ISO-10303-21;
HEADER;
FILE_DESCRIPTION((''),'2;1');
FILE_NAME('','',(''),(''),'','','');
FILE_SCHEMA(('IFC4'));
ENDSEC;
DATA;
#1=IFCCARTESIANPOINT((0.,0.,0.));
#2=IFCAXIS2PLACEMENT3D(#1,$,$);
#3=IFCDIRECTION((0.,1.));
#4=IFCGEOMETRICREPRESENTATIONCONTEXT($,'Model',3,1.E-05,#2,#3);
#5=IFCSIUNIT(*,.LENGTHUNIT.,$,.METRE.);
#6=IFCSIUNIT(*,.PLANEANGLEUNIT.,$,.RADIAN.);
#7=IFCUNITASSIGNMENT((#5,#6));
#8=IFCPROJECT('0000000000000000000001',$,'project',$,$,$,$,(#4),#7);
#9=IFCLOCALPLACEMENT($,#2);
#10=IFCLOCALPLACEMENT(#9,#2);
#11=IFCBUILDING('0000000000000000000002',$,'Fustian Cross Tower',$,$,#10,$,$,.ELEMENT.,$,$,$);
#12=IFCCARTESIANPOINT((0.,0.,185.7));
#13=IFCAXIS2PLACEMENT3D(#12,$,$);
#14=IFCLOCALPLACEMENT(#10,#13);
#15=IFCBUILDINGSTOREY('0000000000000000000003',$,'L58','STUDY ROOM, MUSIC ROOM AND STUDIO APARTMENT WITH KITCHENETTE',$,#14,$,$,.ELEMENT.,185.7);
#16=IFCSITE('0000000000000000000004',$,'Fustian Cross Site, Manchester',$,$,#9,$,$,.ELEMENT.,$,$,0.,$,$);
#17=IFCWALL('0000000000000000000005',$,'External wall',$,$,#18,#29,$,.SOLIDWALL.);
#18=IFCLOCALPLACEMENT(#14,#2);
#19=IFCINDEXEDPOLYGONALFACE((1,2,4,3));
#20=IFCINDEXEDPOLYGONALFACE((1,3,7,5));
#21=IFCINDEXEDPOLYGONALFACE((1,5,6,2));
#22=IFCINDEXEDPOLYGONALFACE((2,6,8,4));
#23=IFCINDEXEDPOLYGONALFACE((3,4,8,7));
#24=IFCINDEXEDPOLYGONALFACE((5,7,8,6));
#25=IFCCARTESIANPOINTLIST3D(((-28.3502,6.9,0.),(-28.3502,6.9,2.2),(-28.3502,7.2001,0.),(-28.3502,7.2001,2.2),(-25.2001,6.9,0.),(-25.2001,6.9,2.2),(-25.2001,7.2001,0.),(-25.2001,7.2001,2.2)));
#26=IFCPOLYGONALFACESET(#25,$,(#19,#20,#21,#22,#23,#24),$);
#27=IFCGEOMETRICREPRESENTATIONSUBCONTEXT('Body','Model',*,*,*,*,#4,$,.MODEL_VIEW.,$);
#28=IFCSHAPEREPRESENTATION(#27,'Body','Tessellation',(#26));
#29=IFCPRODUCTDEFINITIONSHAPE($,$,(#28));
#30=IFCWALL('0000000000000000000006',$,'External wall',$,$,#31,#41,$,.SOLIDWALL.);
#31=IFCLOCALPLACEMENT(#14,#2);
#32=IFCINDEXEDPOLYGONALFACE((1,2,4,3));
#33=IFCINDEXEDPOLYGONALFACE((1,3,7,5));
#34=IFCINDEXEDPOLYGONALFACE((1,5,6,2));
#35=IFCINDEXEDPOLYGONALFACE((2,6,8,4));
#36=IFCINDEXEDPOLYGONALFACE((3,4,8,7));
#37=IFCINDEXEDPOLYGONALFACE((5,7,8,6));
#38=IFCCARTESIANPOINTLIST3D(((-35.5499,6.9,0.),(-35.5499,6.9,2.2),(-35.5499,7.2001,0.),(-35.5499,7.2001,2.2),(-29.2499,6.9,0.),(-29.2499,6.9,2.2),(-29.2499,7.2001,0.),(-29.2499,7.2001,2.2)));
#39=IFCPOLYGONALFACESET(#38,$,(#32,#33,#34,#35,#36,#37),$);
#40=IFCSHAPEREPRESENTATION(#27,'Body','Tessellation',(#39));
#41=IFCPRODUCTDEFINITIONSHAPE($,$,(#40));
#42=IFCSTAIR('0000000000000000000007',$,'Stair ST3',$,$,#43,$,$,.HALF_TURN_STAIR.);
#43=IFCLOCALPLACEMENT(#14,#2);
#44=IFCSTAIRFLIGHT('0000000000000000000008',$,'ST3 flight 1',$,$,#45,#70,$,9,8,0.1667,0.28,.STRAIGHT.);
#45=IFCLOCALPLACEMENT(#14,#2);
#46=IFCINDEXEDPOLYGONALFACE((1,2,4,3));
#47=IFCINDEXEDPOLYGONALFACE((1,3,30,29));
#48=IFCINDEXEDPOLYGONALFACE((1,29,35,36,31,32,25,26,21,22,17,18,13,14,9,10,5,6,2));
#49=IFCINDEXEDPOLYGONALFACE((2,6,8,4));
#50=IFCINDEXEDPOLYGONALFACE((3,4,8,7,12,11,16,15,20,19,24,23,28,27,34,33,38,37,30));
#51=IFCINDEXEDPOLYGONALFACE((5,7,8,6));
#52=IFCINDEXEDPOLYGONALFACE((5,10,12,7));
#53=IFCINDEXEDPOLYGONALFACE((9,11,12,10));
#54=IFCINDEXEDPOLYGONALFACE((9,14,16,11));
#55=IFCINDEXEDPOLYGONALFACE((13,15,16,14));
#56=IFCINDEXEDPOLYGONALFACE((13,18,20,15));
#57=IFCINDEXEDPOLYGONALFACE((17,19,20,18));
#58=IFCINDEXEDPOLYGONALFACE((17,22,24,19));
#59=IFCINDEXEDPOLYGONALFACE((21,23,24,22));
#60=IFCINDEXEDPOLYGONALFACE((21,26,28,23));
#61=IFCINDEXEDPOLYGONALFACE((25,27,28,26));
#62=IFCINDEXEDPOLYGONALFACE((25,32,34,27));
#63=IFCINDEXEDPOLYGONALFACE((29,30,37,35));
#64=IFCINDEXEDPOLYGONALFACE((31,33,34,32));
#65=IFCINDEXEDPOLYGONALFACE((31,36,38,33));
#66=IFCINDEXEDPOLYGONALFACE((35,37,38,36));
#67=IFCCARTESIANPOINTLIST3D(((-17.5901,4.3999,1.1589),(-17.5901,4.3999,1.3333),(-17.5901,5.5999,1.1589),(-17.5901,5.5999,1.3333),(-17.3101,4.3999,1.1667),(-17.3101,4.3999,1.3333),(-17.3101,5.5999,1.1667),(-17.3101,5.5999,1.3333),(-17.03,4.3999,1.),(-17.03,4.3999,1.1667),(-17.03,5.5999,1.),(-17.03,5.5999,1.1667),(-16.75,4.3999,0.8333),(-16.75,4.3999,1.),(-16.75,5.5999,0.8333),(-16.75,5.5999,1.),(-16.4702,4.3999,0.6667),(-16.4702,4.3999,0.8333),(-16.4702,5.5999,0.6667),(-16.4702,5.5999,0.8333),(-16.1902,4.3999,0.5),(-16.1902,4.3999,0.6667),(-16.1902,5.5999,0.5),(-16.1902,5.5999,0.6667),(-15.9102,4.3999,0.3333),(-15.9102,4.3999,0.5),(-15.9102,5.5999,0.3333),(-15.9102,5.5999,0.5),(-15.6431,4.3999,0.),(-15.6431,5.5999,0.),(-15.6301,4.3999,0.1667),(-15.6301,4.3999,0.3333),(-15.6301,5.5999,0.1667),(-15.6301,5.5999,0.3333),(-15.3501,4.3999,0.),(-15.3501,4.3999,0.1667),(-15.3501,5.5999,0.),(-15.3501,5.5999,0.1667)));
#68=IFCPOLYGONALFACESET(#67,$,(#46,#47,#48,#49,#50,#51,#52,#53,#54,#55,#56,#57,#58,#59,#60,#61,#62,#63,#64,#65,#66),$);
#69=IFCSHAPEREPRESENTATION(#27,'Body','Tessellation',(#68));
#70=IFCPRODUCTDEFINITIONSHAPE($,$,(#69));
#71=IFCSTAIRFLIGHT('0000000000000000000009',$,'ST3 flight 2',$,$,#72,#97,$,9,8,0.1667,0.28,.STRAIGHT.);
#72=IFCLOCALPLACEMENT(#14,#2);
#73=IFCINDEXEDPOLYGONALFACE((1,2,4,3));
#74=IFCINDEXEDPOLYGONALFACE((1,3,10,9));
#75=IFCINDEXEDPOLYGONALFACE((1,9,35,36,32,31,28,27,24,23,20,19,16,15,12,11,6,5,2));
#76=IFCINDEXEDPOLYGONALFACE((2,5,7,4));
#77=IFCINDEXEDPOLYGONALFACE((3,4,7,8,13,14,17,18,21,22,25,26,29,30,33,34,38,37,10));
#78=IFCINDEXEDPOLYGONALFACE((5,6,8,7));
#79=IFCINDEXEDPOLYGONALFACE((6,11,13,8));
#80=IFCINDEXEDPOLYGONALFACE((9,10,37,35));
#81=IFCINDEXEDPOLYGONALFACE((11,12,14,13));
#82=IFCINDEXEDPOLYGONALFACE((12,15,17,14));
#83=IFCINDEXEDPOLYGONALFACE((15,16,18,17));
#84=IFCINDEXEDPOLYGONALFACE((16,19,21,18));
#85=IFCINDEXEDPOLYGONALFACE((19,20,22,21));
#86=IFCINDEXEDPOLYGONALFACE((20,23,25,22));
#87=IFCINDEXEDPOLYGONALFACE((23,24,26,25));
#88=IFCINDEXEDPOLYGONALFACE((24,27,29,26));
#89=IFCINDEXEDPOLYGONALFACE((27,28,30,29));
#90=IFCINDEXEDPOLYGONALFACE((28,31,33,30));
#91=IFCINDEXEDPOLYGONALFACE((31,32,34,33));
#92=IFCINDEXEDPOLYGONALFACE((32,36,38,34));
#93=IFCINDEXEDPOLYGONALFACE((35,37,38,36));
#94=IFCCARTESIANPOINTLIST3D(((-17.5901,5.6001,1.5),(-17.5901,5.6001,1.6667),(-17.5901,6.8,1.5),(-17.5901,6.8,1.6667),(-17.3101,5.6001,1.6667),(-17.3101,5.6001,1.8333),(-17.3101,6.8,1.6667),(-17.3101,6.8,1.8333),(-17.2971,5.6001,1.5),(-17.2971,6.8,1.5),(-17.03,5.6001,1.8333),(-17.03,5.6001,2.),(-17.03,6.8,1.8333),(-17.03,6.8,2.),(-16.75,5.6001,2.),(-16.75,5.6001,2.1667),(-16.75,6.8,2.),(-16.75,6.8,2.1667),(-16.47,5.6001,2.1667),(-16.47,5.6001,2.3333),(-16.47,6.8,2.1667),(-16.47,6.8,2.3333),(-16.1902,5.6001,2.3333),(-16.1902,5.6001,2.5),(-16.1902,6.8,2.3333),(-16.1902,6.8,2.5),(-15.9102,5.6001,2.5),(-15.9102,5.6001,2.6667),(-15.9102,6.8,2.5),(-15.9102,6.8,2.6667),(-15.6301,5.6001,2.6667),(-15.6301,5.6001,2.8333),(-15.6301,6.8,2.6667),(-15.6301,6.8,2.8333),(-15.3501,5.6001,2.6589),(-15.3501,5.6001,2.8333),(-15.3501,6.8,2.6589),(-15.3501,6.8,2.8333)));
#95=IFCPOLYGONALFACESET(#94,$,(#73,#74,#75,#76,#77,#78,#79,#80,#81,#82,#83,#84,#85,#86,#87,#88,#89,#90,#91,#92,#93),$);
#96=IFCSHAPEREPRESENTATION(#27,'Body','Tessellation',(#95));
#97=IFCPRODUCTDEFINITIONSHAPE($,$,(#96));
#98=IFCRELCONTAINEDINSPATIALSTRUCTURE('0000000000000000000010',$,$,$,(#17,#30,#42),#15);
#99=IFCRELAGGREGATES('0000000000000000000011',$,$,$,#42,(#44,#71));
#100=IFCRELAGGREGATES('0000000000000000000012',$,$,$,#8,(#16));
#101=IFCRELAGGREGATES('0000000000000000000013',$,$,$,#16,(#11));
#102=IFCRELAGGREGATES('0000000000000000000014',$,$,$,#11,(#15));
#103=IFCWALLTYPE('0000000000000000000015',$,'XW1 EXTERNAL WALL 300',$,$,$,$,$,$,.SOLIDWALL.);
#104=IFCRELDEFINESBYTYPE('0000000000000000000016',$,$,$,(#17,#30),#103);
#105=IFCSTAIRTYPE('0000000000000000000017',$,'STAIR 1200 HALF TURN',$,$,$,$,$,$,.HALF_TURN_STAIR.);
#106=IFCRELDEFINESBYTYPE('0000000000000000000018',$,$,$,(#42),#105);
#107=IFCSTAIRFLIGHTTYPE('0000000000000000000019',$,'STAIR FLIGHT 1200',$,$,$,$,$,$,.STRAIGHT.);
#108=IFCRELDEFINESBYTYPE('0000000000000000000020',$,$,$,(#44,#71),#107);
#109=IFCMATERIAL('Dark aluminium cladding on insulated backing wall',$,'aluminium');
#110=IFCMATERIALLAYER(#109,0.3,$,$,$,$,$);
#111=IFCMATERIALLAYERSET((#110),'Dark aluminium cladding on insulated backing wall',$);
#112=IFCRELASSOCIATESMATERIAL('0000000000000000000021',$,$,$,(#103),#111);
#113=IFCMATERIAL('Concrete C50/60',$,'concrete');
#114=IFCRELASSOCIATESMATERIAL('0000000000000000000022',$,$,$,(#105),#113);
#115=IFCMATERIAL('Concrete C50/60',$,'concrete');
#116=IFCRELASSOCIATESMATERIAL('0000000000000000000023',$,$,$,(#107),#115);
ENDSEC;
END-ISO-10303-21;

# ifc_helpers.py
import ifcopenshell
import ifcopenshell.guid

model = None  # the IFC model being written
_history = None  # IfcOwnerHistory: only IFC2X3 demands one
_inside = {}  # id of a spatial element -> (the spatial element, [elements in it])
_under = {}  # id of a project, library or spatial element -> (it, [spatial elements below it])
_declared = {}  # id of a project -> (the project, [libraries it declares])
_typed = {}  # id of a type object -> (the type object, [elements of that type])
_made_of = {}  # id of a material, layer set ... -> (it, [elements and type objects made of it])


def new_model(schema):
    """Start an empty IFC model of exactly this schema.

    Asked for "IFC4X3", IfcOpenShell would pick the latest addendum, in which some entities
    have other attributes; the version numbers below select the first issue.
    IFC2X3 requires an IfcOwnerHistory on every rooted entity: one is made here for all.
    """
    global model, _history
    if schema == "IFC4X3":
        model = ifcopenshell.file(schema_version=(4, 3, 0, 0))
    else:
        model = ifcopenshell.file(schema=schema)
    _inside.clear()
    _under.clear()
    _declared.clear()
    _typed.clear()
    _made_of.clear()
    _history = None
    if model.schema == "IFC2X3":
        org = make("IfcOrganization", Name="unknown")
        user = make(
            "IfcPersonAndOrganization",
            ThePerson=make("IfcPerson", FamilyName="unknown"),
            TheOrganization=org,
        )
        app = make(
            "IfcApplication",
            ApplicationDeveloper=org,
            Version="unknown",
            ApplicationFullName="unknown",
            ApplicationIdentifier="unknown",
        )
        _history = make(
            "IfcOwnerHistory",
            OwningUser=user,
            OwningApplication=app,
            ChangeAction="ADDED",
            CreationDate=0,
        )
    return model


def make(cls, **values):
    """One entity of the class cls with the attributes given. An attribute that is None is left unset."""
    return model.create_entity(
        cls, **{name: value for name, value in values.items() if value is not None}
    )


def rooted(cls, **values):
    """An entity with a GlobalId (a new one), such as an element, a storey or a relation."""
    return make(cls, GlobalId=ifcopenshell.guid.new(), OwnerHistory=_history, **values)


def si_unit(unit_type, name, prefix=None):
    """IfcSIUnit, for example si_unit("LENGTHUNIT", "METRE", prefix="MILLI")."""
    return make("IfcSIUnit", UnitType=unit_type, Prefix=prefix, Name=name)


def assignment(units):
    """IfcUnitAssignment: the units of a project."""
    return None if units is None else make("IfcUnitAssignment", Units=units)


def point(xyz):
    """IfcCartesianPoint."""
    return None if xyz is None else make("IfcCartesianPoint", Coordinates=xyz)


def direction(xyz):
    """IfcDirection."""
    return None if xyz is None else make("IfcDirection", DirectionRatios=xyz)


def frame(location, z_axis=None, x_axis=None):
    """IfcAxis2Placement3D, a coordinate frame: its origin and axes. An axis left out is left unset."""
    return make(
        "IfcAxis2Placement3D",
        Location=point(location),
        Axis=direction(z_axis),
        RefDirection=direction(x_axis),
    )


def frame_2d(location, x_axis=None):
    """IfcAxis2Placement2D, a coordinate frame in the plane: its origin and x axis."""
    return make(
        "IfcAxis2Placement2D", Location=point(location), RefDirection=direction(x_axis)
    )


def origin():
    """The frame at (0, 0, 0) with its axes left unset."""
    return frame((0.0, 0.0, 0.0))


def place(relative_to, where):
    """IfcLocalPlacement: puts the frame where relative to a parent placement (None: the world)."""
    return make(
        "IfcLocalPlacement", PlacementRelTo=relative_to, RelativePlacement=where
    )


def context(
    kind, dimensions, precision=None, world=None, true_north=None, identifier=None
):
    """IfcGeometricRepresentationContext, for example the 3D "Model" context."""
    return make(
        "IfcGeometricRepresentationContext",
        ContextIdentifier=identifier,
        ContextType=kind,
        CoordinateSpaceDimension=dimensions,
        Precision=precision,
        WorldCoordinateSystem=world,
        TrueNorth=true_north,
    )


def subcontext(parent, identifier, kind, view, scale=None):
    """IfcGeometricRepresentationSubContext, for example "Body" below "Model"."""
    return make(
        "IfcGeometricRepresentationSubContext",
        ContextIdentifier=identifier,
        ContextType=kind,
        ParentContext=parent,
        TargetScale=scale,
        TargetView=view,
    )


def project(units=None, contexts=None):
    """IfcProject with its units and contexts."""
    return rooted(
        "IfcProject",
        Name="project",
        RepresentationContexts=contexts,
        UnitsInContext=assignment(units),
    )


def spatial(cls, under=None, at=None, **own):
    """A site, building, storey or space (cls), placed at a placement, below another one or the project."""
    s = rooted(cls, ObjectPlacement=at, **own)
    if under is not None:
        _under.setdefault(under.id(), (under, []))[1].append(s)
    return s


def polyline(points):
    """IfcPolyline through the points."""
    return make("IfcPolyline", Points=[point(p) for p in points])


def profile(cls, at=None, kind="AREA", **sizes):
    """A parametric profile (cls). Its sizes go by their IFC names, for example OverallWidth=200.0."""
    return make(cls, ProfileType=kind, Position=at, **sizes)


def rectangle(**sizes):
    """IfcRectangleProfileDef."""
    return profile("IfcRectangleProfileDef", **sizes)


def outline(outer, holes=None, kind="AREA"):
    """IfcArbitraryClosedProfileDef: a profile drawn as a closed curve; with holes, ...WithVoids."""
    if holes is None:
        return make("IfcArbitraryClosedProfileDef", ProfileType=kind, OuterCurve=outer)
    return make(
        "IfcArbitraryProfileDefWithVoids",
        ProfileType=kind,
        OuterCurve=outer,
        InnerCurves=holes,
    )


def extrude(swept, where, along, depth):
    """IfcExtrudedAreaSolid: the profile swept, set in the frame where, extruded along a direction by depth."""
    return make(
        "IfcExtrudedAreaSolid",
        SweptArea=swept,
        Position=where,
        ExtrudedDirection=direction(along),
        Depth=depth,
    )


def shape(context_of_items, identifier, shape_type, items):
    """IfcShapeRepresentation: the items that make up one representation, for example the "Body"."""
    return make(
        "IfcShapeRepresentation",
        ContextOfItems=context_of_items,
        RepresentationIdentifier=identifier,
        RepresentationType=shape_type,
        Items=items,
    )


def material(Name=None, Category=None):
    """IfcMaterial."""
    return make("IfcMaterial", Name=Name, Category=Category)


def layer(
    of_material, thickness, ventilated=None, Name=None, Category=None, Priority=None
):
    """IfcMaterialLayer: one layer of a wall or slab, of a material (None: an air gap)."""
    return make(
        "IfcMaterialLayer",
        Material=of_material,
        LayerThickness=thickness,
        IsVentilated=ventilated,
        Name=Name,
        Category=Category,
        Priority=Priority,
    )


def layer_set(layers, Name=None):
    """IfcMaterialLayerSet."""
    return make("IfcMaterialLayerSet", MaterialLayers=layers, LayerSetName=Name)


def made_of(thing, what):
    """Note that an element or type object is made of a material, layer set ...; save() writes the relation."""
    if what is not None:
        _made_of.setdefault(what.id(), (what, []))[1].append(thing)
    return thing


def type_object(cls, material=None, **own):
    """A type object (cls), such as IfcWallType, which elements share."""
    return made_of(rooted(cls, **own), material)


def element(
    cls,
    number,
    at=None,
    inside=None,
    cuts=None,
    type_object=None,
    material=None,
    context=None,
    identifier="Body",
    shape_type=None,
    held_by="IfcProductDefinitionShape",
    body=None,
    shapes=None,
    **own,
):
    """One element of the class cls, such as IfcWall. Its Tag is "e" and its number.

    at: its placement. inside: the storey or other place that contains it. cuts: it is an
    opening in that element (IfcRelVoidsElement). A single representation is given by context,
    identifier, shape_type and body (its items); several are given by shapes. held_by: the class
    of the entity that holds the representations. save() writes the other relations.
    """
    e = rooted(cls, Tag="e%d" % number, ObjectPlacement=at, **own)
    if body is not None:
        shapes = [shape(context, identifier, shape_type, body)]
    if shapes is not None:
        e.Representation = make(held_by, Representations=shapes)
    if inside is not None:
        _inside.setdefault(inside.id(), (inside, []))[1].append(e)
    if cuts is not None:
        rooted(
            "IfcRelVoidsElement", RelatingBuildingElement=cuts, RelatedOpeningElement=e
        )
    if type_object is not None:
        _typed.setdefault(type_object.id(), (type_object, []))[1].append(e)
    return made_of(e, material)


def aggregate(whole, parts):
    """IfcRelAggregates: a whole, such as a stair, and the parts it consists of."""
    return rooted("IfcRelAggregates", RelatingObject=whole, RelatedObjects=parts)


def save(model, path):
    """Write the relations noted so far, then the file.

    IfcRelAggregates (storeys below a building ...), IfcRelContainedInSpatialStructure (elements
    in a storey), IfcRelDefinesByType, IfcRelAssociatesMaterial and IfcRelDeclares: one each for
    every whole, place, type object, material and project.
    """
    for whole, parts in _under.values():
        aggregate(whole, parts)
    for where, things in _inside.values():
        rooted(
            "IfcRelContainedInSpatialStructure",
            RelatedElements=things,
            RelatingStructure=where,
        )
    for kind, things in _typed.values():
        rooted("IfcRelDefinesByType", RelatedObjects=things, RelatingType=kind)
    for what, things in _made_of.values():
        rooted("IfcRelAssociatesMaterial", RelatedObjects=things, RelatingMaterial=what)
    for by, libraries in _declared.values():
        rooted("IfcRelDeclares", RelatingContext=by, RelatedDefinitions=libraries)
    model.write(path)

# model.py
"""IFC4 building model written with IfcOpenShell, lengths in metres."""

from ifc_helpers import new_model, si_unit, direction, frame, frame_2d, origin, place, context, subcontext, project, spatial, polyline, rectangle, outline, extrude, material, layer, layer_set, type_object, element, aggregate, save


model = new_model("IFC4")

# Units and contexts
model_context = context("Model", 3, precision=1e-05, world=origin(), true_north=direction((0.0, 1.0)))
body_context = subcontext(model_context, "Body", "Model", "MODEL_VIEW")
ifc_project = project(units=[si_unit("LENGTHUNIT", "METRE"), si_unit("PLANEANGLEUNIT", "RADIAN")], contexts=[model_context])

# Site, building, storey
site_placement = place(None, origin())
site = spatial("IfcSite", under=ifc_project, at=site_placement, Name="Fustian Cross Site, Manchester", CompositionType="ELEMENT", RefElevation=0.0)
building_placement = place(site_placement, origin())
building = spatial("IfcBuilding", under=site, at=building_placement, Name="Fustian Cross Tower", CompositionType="ELEMENT")
storey_placement = place(building_placement, frame((0.0, 0.0, 185.7)))
storey = spatial("IfcBuildingStorey", under=building, at=storey_placement, Name="L58", Description="STUDY ROOM, MUSIC ROOM AND STUDIO APARTMENT WITH KITCHENETTE", CompositionType="ELEMENT", Elevation=185.7)

# Shared definitions
ifc_material_1 = material(Name="Dark aluminium cladding on insulated backing wall", Category="aluminium")
ifc_layer_1 = layer(ifc_material_1, 0.3)
ifc_layer_set_1 = layer_set([ifc_layer_1], Name="Dark aluminium cladding on insulated backing wall")
wall_type_1 = type_object("IfcWallType", Name="XW1 EXTERNAL WALL 300", PredefinedType="SOLIDWALL", material=ifc_layer_set_1)

# Walls
wall_1_placement = place(storey_placement, frame((-25.2, 7.05, 0.0), z_axis=(0.0, 0.0, 1.0), x_axis=(-1.0, 0.0, 0.0)))
element("IfcWall", 1, at=wall_1_placement, inside=storey, type_object=wall_type_1, Name="External wall", PredefinedType="SOLIDWALL", context=body_context, shape_type="SweptSolid", body=[
    extrude(rectangle(XDim=3.1501, YDim=0.3, at=frame_2d((1.5752, 0.0))), origin(), (0.0, 0.0, 1.0), 2.2),
])
wall_2_placement = place(storey_placement, frame((-29.25, 7.05, 0.0), z_axis=(0.0, 0.0, 1.0), x_axis=(-1.0, 0.0, 0.0)))
element("IfcWall", 2, at=wall_2_placement, inside=storey, type_object=wall_type_1, Name="External wall", PredefinedType="SOLIDWALL", context=body_context, shape_type="SweptSolid", body=[
    extrude(rectangle(XDim=6.3, YDim=0.3, at=frame_2d((3.1499, 0.0))), origin(), (0.0, 0.0, 1.0), 2.2),
])

# Stair, stair flights
ifc_material_2 = material(Name="Concrete C50/60", Category="concrete")
stair_type = type_object("IfcStairType", Name="STAIR 1200 HALF TURN", PredefinedType="HALF_TURN_STAIR", material=ifc_material_2)
stair_placement = place(storey_placement, origin())
stair = element("IfcStair", 3, at=stair_placement, inside=storey, type_object=stair_type, Name="Stair ST3", PredefinedType="HALF_TURN_STAIR")
ifc_material_3 = material(Name="Concrete C50/60", Category="concrete")
stair_flight_type = type_object("IfcStairFlightType", Name="STAIR FLIGHT 1200", PredefinedType="STRAIGHT", material=ifc_material_3)
stair_flight_1_placement = place(storey_placement, frame((-15.3501, 5.0, 0.0), z_axis=(0.0, 0.0, 1.0), x_axis=(-1.0, 0.0, 0.0)))
stair_flight_1 = element("IfcStairFlight", 4, at=stair_flight_1_placement, type_object=stair_flight_type, Name="ST3 flight 1", NumberOfRisers=9, NumberOfTreads=8, PredefinedType="STRAIGHT", RiserHeight=0.1667, TreadLength=0.28, context=body_context, shape_type="SweptSolid", body=[
    extrude(outline(polyline([(0.0, 0.0), (0.0, 0.1667), (0.28, 0.1667), (0.28, 0.3333), (0.5601, 0.3333), (0.5601, 0.5), (0.8401, 0.5), (0.8401, 0.6667), (1.1201, 0.6667), (1.1201, 0.8333), (1.3999, 0.8333), (1.3999, 1.0), (1.6799, 1.0), (1.6799, 1.1667), (1.96, 1.1667), (1.96, 1.3333), (2.24, 1.3333), (2.24, 1.5), (2.24, 1.1589), (0.293, 0.0), (0.0, 0.0)])), frame((0.0, 0.6001, 0.0), z_axis=(0.0, -1.0, 0.0), x_axis=(1.0, 0.0, 0.0)), (0.0, 0.0, 1.0), 1.2),
])
stair_flight_2_placement = place(storey_placement, frame((-17.5901, 6.2, 1.5), z_axis=(0.0, 0.0, 1.0), x_axis=(1.0, 0.0, 0.0)))
stair_flight_2 = element("IfcStairFlight", 5, at=stair_flight_2_placement, type_object=stair_flight_type, Name="ST3 flight 2", NumberOfRisers=9, NumberOfTreads=8, PredefinedType="STRAIGHT", RiserHeight=0.1667, TreadLength=0.28, context=body_context, shape_type="SweptSolid", body=[
    extrude(outline(polyline([(0.0, 0.0), (0.0, 0.1667), (0.28, 0.1667), (0.28, 0.3333), (0.5601, 0.3333), (0.5601, 0.5), (0.8401, 0.5), (0.8401, 0.6667), (1.1201, 0.6667), (1.1201, 0.8333), (1.3999, 0.8333), (1.3999, 1.0), (1.6799, 1.0), (1.6799, 1.1667), (1.96, 1.1667), (1.96, 1.3333), (2.24, 1.3333), (2.24, 1.5), (2.24, 1.1589), (0.293, 0.0), (0.0, 0.0)])), frame((0.0, 0.6001, 0.0), z_axis=(0.0, -1.0, 0.0), x_axis=(1.0, 0.0, 0.0)), (0.0, 0.0, 1.0), 1.2),
])
aggregate(stair, [stair_flight_1, stair_flight_2])

save(model, "model.ifc")
